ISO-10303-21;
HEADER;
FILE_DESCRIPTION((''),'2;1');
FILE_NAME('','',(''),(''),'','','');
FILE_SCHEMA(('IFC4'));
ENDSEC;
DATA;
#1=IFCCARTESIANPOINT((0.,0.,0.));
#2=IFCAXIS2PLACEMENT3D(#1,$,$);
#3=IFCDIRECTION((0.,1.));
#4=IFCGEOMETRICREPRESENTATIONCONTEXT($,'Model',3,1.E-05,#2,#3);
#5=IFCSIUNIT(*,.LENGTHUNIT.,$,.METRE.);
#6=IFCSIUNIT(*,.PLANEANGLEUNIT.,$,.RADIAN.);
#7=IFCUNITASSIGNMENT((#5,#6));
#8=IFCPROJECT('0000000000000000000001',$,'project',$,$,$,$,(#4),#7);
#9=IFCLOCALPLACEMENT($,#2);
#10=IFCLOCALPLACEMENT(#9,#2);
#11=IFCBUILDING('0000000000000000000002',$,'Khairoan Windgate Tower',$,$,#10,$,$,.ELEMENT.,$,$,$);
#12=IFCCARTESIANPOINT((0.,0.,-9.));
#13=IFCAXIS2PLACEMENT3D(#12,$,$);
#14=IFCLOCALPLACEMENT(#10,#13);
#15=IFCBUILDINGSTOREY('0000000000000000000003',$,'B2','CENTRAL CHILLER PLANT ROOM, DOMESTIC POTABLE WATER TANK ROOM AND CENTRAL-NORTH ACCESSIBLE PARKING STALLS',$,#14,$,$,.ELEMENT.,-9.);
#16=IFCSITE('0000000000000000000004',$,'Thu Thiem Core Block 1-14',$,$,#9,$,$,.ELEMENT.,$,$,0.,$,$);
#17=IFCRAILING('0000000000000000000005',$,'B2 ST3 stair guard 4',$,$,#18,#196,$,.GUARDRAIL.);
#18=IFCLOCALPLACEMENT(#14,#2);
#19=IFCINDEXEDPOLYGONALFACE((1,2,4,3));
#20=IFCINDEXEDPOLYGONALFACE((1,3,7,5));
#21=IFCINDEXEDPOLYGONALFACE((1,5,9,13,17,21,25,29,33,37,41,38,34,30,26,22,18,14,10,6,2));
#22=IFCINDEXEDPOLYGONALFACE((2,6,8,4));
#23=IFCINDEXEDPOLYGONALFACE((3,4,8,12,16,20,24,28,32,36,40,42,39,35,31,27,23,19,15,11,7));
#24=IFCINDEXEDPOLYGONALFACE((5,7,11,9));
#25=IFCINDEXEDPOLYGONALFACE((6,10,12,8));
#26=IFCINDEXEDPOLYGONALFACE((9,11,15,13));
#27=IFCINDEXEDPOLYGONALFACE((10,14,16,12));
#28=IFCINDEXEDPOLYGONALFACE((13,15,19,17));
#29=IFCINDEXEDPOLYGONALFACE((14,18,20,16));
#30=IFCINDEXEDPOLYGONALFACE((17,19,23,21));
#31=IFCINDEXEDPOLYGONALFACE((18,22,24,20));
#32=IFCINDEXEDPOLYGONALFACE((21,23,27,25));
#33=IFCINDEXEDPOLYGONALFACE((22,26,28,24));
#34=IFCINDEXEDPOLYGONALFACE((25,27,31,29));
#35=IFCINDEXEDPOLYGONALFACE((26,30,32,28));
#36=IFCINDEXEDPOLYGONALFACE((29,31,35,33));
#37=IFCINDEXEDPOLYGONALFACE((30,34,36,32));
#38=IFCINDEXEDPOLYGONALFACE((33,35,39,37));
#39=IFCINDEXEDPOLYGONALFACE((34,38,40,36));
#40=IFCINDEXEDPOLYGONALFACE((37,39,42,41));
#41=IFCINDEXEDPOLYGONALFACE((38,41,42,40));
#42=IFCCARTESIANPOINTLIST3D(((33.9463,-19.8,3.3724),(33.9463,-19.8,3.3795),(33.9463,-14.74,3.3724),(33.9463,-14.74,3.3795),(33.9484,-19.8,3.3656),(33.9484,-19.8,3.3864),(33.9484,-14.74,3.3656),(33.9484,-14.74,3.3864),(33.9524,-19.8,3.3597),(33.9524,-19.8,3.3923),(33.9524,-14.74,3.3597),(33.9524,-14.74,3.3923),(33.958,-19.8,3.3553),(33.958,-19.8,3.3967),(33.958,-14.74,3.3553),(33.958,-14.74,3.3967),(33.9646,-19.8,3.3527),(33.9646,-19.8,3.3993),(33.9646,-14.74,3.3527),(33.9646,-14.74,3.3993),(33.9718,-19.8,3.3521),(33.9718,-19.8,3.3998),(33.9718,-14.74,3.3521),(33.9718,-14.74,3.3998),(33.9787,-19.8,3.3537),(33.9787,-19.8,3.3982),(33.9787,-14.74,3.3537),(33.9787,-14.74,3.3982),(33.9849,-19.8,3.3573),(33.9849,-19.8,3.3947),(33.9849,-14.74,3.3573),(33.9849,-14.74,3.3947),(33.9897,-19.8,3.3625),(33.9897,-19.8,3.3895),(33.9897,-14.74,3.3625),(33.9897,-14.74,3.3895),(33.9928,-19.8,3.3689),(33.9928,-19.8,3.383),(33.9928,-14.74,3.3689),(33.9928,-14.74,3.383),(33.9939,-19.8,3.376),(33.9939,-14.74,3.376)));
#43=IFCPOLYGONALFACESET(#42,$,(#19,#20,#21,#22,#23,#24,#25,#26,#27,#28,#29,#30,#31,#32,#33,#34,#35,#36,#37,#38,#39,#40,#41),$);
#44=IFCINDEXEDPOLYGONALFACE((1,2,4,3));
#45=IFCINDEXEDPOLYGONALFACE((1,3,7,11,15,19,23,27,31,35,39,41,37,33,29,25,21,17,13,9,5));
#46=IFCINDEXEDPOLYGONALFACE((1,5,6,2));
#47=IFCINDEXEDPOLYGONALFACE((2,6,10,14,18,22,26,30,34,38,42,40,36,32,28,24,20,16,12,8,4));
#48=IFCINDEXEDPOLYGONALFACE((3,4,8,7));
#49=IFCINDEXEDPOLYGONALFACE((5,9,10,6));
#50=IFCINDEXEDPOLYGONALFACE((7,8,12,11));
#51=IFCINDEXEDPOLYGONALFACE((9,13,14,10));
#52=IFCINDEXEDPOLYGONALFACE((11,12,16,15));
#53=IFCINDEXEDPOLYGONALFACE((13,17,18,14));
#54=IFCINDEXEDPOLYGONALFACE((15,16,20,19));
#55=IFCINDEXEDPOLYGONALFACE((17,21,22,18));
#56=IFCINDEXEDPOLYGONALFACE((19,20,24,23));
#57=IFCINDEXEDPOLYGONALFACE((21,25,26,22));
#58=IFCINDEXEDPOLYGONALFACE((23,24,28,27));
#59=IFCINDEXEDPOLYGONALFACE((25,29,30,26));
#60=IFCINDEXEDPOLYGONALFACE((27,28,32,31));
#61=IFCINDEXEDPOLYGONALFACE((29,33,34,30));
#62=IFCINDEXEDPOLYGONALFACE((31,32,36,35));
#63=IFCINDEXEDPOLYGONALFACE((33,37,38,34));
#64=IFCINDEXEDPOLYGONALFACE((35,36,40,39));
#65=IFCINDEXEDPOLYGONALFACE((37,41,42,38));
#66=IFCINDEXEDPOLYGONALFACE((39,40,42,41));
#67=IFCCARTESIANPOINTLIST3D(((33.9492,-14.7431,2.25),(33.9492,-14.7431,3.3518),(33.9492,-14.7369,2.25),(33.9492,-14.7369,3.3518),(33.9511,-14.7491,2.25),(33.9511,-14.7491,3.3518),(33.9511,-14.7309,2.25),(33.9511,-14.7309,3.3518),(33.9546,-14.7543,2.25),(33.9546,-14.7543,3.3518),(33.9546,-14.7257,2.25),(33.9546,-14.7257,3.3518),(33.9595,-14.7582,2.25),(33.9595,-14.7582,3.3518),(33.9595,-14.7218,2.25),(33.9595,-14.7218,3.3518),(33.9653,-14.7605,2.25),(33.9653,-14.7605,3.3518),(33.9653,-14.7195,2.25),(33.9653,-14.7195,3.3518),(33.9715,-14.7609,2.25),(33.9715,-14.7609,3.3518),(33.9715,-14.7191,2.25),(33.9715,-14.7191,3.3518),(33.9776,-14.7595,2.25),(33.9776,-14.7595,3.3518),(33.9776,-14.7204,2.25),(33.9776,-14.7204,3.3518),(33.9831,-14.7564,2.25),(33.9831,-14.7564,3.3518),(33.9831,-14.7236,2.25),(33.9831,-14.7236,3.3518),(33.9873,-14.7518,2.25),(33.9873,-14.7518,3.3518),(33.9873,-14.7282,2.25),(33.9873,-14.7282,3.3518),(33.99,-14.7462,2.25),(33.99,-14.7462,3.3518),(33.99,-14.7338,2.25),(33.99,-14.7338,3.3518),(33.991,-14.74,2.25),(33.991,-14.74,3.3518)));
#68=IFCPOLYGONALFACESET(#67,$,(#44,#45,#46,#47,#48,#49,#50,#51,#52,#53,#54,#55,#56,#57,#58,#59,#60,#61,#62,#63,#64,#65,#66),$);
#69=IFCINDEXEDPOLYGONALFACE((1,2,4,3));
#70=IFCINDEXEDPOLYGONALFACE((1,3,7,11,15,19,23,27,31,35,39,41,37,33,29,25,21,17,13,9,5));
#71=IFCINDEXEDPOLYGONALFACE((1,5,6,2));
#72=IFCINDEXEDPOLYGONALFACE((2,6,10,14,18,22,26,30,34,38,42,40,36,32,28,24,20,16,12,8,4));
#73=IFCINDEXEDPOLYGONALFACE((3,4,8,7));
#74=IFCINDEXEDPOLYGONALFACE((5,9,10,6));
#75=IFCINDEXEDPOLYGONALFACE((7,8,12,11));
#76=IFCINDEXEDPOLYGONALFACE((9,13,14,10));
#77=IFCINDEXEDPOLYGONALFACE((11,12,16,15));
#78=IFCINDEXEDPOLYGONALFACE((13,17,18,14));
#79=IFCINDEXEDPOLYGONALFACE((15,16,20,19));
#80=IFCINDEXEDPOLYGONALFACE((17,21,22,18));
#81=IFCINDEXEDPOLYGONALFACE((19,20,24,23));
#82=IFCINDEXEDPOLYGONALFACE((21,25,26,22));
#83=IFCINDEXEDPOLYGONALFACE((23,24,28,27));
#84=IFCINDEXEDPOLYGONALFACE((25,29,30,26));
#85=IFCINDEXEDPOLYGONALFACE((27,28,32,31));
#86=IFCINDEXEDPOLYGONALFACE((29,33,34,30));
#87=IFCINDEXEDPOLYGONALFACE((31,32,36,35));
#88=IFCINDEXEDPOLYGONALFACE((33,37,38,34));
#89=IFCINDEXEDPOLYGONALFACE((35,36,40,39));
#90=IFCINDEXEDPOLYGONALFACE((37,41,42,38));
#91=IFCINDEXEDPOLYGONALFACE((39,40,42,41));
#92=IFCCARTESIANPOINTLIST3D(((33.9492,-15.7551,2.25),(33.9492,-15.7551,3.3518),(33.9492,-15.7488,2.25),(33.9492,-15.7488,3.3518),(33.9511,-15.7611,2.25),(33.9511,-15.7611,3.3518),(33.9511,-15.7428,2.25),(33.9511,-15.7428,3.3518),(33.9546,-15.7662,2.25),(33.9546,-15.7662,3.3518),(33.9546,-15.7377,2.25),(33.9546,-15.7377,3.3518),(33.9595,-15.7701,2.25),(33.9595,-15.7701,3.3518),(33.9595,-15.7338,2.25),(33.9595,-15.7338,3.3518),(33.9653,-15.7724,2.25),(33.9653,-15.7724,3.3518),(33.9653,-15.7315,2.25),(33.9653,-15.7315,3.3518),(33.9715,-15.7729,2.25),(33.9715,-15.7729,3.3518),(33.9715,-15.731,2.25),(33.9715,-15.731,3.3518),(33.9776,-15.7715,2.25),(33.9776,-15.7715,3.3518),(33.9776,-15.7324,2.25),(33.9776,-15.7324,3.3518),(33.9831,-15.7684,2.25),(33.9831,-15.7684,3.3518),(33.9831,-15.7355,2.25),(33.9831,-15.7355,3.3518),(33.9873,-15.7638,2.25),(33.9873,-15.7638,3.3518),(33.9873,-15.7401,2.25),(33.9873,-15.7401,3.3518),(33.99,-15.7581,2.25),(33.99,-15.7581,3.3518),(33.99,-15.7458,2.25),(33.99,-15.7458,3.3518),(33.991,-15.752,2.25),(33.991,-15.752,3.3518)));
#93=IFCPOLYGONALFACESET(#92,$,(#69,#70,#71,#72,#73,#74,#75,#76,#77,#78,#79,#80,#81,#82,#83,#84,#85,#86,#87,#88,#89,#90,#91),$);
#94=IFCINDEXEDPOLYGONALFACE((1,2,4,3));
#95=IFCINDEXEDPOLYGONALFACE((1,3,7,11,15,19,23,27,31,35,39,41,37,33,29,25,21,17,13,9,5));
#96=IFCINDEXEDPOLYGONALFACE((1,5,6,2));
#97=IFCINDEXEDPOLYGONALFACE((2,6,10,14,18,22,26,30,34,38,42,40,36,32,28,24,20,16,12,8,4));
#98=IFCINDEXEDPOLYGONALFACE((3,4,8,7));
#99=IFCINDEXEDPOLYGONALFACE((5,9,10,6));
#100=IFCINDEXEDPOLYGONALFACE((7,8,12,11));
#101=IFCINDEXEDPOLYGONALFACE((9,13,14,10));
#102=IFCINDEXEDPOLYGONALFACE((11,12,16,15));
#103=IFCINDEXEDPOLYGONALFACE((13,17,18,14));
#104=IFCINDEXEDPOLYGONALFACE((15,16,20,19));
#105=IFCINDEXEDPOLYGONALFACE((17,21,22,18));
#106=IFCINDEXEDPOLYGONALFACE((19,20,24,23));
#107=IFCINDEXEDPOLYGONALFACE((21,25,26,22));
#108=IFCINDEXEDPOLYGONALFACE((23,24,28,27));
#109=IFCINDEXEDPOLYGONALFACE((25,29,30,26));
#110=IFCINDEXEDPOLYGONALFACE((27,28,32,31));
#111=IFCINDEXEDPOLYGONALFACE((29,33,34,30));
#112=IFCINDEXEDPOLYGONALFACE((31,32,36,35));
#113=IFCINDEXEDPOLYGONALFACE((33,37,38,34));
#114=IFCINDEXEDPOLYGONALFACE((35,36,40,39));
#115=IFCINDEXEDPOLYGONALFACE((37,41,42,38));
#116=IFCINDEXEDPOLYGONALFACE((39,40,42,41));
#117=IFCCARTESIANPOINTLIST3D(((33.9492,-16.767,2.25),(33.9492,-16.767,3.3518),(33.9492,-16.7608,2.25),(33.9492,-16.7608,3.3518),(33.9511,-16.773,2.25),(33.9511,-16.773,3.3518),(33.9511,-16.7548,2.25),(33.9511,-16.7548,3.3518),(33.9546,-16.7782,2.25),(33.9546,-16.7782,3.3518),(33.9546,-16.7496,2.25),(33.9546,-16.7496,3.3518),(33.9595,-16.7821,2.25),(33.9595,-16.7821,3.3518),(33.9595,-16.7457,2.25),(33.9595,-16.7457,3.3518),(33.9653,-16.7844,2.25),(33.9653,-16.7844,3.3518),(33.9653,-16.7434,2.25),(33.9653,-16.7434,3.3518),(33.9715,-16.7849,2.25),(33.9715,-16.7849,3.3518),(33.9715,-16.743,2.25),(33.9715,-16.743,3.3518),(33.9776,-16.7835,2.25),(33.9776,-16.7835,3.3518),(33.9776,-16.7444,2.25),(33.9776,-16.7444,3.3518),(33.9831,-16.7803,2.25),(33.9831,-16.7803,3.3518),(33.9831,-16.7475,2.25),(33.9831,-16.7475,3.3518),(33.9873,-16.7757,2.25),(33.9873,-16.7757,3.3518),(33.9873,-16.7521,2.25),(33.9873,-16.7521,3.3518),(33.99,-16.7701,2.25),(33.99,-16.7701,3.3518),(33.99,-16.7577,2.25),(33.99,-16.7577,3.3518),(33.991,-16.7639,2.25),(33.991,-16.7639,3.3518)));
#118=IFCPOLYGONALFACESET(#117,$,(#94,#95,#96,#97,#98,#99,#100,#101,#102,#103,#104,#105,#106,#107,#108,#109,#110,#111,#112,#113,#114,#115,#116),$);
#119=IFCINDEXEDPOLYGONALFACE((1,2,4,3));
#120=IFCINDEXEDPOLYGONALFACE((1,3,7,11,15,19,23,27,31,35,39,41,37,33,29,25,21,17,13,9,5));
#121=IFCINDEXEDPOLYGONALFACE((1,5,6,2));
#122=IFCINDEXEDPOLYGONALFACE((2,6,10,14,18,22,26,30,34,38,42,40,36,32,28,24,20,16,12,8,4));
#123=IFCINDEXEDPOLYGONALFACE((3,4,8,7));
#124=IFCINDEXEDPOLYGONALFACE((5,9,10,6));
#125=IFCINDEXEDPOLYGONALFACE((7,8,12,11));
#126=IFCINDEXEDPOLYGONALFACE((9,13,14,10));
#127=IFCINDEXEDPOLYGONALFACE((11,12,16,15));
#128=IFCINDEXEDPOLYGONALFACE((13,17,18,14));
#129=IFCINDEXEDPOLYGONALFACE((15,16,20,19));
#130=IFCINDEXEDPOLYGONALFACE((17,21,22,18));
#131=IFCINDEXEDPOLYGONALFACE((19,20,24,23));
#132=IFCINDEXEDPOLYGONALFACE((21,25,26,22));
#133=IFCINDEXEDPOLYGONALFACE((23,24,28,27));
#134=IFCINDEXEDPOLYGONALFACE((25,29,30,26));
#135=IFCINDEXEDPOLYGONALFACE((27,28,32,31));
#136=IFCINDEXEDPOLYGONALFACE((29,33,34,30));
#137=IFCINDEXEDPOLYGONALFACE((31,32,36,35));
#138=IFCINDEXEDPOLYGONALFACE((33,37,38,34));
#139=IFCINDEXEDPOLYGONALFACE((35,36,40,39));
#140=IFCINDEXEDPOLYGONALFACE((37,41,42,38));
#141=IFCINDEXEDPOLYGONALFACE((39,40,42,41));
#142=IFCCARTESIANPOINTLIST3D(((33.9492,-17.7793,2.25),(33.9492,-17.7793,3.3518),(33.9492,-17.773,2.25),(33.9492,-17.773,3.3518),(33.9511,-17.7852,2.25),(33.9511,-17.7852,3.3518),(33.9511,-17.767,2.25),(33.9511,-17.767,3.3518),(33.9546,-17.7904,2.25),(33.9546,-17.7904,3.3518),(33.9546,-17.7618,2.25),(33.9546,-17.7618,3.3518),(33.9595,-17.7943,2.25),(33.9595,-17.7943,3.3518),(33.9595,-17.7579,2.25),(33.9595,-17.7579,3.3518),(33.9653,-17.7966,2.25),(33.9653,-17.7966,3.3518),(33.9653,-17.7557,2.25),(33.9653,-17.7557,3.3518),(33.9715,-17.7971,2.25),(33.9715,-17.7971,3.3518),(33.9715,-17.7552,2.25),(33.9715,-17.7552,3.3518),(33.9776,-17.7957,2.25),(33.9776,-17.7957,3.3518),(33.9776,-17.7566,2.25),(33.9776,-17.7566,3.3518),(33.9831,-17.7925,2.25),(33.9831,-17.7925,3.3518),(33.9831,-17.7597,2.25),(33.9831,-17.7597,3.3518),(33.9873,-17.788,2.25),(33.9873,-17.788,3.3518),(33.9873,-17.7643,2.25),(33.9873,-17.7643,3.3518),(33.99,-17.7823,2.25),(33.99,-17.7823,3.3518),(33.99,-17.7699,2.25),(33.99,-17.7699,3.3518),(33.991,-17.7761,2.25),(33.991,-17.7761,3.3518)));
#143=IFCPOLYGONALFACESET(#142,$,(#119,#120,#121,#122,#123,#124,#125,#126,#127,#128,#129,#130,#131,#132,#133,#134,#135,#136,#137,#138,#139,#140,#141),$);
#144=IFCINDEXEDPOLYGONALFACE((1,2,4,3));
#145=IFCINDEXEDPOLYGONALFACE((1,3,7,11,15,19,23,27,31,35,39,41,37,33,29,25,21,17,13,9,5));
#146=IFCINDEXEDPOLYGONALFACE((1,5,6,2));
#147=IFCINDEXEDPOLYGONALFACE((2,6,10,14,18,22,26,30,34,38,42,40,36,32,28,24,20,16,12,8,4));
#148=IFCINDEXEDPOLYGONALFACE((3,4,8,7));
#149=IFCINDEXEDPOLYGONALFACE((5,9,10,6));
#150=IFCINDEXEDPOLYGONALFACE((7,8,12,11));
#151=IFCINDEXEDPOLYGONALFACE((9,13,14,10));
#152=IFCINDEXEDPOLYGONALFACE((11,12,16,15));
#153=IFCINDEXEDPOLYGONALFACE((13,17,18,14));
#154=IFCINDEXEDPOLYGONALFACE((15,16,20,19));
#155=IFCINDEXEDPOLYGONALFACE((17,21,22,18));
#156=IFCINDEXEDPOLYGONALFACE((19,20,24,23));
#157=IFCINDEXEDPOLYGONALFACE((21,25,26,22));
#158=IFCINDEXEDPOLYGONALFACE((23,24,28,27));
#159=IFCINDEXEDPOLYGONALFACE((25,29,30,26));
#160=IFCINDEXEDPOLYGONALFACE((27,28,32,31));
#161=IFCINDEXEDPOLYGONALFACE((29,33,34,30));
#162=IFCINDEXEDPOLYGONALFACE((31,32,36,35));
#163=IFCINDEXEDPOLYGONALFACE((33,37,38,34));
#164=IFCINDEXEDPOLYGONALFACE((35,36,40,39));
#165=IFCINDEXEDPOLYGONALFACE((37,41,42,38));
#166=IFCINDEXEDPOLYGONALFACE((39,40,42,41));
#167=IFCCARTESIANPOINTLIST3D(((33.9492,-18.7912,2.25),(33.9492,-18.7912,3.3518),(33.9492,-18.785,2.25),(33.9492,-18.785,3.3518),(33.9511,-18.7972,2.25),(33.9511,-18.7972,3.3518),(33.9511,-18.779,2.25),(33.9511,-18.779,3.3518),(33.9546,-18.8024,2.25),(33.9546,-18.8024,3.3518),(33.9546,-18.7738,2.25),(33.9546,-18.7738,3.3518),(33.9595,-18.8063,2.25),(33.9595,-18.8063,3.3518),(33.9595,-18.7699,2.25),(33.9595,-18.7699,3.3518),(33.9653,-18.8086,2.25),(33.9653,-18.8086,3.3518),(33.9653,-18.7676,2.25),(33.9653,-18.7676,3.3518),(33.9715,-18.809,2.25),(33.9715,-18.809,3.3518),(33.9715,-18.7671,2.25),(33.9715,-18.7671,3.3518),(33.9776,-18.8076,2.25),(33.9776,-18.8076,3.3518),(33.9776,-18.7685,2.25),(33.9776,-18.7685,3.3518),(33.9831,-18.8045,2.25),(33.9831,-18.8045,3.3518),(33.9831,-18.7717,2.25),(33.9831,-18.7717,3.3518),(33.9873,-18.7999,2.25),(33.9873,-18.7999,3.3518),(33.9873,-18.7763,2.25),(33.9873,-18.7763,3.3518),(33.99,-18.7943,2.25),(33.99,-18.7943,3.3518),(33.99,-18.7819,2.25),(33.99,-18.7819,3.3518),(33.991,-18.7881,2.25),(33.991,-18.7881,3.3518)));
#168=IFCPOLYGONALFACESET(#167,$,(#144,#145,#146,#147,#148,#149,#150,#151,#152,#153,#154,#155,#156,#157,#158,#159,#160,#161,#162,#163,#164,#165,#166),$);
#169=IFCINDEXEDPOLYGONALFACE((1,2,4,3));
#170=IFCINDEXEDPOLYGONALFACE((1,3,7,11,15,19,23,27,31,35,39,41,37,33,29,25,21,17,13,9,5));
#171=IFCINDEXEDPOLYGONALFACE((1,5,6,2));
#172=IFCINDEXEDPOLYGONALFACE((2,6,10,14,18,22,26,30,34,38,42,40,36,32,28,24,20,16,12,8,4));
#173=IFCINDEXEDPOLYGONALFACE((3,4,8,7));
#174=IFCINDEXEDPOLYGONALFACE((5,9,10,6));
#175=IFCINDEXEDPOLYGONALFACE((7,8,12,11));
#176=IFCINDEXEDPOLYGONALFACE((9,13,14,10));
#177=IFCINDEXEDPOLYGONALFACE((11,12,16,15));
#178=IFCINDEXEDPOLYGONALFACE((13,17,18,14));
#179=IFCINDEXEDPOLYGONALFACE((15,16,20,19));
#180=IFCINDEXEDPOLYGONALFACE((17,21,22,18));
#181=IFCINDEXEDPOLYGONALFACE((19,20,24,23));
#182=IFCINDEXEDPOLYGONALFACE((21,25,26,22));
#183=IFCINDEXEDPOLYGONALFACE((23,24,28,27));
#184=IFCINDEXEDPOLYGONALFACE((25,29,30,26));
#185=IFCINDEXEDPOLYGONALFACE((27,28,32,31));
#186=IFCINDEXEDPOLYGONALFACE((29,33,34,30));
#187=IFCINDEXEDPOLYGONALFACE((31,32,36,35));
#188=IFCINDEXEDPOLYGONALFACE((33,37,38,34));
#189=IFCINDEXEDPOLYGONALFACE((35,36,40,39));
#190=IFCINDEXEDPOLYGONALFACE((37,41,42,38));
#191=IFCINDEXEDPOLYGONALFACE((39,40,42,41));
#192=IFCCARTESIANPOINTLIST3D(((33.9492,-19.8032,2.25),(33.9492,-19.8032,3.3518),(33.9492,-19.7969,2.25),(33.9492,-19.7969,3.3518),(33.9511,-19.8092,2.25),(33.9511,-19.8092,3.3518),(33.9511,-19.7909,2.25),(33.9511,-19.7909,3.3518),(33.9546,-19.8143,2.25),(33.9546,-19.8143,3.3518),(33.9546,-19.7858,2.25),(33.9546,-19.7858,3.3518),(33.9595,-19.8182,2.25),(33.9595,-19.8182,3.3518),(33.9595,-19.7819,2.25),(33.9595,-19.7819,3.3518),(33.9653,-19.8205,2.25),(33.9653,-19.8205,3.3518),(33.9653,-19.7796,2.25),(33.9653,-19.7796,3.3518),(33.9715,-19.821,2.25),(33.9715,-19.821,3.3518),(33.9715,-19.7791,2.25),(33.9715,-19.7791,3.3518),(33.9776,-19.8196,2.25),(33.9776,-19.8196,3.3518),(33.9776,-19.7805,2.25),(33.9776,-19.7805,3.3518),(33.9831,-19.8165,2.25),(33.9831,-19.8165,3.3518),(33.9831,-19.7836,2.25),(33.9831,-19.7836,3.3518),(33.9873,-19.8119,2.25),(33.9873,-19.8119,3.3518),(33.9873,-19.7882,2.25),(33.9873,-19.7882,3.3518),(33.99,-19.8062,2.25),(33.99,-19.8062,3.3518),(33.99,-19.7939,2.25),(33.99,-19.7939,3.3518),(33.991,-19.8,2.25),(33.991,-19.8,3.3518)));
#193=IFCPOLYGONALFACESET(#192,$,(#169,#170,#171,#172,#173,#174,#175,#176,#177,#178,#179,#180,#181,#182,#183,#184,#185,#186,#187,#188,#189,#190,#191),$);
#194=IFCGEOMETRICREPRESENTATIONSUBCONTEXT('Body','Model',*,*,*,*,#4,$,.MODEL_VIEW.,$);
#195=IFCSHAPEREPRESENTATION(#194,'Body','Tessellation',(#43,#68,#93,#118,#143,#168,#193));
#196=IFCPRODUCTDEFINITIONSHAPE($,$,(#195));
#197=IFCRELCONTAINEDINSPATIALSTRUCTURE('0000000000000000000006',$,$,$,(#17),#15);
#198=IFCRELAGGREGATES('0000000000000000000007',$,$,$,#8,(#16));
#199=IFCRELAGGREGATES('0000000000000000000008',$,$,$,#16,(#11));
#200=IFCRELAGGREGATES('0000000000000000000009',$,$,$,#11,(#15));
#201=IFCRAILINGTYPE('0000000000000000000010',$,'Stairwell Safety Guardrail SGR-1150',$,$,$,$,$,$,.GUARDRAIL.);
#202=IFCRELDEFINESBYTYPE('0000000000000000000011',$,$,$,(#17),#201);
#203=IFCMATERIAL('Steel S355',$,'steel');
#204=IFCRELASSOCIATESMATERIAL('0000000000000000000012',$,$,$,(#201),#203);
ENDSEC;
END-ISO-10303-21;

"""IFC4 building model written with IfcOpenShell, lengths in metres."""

from ifc_helpers import new_model, si_unit, direction, frame, origin, origin_2d, place, context, subcontext, project, spatial, circle, extrude, material, type_object, element, save


model = new_model("IFC4")

# Units and contexts
model_context = context("Model", 3, precision=1e-05, world=origin(), true_north=direction((0.0, 1.0)))
body_context = subcontext(model_context, "Body", "Model", "MODEL_VIEW")
ifc_project = project(units=[si_unit("LENGTHUNIT", "METRE"), si_unit("PLANEANGLEUNIT", "RADIAN")], contexts=[model_context])

# Site, building, storey
site_placement = place(None, origin())
site = spatial("IfcSite", under=ifc_project, at=site_placement, Name="Thu Thiem Core Block 1-14", CompositionType="ELEMENT", RefElevation=0.0)
building_placement = place(site_placement, origin())
building = spatial("IfcBuilding", under=site, at=building_placement, Name="Khairoan Windgate Tower", CompositionType="ELEMENT")
storey_placement = place(building_placement, frame((0.0, 0.0, -9.0)))
storey = spatial("IfcBuildingStorey", under=building, at=storey_placement, Name="B2", Description="CENTRAL CHILLER PLANT ROOM, DOMESTIC POTABLE WATER TANK ROOM AND CENTRAL-NORTH ACCESSIBLE PARKING STALLS", CompositionType="ELEMENT", Elevation=-9.0)

# Railing
ifc_material_1 = material(Name="Steel S355", Category="steel")
railing_type_1 = type_object("IfcRailingType", Name="Stairwell Safety Guardrail SGR-1150", PredefinedType="GUARDRAIL", material=ifc_material_1)
railing_1_placement = place(storey_placement, frame((33.97, -14.74, 2.25)))
element("IfcRailing", 1, at=railing_1_placement, inside=storey, type_object=railing_type_1, Name="B2 ST3 stair guard 4", PredefinedType="GUARDRAIL", context=body_context, shape_type="SweptSolid", body=[
    extrude(circle(Radius=0.0239, at=origin_2d()), frame((0.0, 0.0, 1.126), z_axis=(0.0, -1.0, 0.0), x_axis=(1.0, 0.0, 0.0)), (0.0, 0.0, 1.0), 5.0601),
    extrude(circle(Radius=0.021, at=origin_2d()), origin(), (0.0, 0.0, 1.0), 1.1018),
    extrude(circle(Radius=0.021, at=origin_2d()), frame((0.0, -1.012, 0.0)), (0.0, 0.0, 1.0), 1.1018),
    extrude(circle(Radius=0.021, at=origin_2d()), frame((0.0, -2.0239, 0.0)), (0.0, 0.0, 1.0), 1.1018),
    extrude(circle(Radius=0.021, at=origin_2d()), frame((0.0, -3.0361, 0.0)), (0.0, 0.0, 1.0), 1.1018),
    extrude(circle(Radius=0.021, at=origin_2d()), frame((0.0, -4.0481, 0.0)), (0.0, 0.0, 1.0), 1.1018),
    extrude(circle(Radius=0.021, at=origin_2d()), frame((0.0, -5.0601, 0.0)), (0.0, 0.0, 1.0), 1.1018),
])

save(model, "model.ifc")
